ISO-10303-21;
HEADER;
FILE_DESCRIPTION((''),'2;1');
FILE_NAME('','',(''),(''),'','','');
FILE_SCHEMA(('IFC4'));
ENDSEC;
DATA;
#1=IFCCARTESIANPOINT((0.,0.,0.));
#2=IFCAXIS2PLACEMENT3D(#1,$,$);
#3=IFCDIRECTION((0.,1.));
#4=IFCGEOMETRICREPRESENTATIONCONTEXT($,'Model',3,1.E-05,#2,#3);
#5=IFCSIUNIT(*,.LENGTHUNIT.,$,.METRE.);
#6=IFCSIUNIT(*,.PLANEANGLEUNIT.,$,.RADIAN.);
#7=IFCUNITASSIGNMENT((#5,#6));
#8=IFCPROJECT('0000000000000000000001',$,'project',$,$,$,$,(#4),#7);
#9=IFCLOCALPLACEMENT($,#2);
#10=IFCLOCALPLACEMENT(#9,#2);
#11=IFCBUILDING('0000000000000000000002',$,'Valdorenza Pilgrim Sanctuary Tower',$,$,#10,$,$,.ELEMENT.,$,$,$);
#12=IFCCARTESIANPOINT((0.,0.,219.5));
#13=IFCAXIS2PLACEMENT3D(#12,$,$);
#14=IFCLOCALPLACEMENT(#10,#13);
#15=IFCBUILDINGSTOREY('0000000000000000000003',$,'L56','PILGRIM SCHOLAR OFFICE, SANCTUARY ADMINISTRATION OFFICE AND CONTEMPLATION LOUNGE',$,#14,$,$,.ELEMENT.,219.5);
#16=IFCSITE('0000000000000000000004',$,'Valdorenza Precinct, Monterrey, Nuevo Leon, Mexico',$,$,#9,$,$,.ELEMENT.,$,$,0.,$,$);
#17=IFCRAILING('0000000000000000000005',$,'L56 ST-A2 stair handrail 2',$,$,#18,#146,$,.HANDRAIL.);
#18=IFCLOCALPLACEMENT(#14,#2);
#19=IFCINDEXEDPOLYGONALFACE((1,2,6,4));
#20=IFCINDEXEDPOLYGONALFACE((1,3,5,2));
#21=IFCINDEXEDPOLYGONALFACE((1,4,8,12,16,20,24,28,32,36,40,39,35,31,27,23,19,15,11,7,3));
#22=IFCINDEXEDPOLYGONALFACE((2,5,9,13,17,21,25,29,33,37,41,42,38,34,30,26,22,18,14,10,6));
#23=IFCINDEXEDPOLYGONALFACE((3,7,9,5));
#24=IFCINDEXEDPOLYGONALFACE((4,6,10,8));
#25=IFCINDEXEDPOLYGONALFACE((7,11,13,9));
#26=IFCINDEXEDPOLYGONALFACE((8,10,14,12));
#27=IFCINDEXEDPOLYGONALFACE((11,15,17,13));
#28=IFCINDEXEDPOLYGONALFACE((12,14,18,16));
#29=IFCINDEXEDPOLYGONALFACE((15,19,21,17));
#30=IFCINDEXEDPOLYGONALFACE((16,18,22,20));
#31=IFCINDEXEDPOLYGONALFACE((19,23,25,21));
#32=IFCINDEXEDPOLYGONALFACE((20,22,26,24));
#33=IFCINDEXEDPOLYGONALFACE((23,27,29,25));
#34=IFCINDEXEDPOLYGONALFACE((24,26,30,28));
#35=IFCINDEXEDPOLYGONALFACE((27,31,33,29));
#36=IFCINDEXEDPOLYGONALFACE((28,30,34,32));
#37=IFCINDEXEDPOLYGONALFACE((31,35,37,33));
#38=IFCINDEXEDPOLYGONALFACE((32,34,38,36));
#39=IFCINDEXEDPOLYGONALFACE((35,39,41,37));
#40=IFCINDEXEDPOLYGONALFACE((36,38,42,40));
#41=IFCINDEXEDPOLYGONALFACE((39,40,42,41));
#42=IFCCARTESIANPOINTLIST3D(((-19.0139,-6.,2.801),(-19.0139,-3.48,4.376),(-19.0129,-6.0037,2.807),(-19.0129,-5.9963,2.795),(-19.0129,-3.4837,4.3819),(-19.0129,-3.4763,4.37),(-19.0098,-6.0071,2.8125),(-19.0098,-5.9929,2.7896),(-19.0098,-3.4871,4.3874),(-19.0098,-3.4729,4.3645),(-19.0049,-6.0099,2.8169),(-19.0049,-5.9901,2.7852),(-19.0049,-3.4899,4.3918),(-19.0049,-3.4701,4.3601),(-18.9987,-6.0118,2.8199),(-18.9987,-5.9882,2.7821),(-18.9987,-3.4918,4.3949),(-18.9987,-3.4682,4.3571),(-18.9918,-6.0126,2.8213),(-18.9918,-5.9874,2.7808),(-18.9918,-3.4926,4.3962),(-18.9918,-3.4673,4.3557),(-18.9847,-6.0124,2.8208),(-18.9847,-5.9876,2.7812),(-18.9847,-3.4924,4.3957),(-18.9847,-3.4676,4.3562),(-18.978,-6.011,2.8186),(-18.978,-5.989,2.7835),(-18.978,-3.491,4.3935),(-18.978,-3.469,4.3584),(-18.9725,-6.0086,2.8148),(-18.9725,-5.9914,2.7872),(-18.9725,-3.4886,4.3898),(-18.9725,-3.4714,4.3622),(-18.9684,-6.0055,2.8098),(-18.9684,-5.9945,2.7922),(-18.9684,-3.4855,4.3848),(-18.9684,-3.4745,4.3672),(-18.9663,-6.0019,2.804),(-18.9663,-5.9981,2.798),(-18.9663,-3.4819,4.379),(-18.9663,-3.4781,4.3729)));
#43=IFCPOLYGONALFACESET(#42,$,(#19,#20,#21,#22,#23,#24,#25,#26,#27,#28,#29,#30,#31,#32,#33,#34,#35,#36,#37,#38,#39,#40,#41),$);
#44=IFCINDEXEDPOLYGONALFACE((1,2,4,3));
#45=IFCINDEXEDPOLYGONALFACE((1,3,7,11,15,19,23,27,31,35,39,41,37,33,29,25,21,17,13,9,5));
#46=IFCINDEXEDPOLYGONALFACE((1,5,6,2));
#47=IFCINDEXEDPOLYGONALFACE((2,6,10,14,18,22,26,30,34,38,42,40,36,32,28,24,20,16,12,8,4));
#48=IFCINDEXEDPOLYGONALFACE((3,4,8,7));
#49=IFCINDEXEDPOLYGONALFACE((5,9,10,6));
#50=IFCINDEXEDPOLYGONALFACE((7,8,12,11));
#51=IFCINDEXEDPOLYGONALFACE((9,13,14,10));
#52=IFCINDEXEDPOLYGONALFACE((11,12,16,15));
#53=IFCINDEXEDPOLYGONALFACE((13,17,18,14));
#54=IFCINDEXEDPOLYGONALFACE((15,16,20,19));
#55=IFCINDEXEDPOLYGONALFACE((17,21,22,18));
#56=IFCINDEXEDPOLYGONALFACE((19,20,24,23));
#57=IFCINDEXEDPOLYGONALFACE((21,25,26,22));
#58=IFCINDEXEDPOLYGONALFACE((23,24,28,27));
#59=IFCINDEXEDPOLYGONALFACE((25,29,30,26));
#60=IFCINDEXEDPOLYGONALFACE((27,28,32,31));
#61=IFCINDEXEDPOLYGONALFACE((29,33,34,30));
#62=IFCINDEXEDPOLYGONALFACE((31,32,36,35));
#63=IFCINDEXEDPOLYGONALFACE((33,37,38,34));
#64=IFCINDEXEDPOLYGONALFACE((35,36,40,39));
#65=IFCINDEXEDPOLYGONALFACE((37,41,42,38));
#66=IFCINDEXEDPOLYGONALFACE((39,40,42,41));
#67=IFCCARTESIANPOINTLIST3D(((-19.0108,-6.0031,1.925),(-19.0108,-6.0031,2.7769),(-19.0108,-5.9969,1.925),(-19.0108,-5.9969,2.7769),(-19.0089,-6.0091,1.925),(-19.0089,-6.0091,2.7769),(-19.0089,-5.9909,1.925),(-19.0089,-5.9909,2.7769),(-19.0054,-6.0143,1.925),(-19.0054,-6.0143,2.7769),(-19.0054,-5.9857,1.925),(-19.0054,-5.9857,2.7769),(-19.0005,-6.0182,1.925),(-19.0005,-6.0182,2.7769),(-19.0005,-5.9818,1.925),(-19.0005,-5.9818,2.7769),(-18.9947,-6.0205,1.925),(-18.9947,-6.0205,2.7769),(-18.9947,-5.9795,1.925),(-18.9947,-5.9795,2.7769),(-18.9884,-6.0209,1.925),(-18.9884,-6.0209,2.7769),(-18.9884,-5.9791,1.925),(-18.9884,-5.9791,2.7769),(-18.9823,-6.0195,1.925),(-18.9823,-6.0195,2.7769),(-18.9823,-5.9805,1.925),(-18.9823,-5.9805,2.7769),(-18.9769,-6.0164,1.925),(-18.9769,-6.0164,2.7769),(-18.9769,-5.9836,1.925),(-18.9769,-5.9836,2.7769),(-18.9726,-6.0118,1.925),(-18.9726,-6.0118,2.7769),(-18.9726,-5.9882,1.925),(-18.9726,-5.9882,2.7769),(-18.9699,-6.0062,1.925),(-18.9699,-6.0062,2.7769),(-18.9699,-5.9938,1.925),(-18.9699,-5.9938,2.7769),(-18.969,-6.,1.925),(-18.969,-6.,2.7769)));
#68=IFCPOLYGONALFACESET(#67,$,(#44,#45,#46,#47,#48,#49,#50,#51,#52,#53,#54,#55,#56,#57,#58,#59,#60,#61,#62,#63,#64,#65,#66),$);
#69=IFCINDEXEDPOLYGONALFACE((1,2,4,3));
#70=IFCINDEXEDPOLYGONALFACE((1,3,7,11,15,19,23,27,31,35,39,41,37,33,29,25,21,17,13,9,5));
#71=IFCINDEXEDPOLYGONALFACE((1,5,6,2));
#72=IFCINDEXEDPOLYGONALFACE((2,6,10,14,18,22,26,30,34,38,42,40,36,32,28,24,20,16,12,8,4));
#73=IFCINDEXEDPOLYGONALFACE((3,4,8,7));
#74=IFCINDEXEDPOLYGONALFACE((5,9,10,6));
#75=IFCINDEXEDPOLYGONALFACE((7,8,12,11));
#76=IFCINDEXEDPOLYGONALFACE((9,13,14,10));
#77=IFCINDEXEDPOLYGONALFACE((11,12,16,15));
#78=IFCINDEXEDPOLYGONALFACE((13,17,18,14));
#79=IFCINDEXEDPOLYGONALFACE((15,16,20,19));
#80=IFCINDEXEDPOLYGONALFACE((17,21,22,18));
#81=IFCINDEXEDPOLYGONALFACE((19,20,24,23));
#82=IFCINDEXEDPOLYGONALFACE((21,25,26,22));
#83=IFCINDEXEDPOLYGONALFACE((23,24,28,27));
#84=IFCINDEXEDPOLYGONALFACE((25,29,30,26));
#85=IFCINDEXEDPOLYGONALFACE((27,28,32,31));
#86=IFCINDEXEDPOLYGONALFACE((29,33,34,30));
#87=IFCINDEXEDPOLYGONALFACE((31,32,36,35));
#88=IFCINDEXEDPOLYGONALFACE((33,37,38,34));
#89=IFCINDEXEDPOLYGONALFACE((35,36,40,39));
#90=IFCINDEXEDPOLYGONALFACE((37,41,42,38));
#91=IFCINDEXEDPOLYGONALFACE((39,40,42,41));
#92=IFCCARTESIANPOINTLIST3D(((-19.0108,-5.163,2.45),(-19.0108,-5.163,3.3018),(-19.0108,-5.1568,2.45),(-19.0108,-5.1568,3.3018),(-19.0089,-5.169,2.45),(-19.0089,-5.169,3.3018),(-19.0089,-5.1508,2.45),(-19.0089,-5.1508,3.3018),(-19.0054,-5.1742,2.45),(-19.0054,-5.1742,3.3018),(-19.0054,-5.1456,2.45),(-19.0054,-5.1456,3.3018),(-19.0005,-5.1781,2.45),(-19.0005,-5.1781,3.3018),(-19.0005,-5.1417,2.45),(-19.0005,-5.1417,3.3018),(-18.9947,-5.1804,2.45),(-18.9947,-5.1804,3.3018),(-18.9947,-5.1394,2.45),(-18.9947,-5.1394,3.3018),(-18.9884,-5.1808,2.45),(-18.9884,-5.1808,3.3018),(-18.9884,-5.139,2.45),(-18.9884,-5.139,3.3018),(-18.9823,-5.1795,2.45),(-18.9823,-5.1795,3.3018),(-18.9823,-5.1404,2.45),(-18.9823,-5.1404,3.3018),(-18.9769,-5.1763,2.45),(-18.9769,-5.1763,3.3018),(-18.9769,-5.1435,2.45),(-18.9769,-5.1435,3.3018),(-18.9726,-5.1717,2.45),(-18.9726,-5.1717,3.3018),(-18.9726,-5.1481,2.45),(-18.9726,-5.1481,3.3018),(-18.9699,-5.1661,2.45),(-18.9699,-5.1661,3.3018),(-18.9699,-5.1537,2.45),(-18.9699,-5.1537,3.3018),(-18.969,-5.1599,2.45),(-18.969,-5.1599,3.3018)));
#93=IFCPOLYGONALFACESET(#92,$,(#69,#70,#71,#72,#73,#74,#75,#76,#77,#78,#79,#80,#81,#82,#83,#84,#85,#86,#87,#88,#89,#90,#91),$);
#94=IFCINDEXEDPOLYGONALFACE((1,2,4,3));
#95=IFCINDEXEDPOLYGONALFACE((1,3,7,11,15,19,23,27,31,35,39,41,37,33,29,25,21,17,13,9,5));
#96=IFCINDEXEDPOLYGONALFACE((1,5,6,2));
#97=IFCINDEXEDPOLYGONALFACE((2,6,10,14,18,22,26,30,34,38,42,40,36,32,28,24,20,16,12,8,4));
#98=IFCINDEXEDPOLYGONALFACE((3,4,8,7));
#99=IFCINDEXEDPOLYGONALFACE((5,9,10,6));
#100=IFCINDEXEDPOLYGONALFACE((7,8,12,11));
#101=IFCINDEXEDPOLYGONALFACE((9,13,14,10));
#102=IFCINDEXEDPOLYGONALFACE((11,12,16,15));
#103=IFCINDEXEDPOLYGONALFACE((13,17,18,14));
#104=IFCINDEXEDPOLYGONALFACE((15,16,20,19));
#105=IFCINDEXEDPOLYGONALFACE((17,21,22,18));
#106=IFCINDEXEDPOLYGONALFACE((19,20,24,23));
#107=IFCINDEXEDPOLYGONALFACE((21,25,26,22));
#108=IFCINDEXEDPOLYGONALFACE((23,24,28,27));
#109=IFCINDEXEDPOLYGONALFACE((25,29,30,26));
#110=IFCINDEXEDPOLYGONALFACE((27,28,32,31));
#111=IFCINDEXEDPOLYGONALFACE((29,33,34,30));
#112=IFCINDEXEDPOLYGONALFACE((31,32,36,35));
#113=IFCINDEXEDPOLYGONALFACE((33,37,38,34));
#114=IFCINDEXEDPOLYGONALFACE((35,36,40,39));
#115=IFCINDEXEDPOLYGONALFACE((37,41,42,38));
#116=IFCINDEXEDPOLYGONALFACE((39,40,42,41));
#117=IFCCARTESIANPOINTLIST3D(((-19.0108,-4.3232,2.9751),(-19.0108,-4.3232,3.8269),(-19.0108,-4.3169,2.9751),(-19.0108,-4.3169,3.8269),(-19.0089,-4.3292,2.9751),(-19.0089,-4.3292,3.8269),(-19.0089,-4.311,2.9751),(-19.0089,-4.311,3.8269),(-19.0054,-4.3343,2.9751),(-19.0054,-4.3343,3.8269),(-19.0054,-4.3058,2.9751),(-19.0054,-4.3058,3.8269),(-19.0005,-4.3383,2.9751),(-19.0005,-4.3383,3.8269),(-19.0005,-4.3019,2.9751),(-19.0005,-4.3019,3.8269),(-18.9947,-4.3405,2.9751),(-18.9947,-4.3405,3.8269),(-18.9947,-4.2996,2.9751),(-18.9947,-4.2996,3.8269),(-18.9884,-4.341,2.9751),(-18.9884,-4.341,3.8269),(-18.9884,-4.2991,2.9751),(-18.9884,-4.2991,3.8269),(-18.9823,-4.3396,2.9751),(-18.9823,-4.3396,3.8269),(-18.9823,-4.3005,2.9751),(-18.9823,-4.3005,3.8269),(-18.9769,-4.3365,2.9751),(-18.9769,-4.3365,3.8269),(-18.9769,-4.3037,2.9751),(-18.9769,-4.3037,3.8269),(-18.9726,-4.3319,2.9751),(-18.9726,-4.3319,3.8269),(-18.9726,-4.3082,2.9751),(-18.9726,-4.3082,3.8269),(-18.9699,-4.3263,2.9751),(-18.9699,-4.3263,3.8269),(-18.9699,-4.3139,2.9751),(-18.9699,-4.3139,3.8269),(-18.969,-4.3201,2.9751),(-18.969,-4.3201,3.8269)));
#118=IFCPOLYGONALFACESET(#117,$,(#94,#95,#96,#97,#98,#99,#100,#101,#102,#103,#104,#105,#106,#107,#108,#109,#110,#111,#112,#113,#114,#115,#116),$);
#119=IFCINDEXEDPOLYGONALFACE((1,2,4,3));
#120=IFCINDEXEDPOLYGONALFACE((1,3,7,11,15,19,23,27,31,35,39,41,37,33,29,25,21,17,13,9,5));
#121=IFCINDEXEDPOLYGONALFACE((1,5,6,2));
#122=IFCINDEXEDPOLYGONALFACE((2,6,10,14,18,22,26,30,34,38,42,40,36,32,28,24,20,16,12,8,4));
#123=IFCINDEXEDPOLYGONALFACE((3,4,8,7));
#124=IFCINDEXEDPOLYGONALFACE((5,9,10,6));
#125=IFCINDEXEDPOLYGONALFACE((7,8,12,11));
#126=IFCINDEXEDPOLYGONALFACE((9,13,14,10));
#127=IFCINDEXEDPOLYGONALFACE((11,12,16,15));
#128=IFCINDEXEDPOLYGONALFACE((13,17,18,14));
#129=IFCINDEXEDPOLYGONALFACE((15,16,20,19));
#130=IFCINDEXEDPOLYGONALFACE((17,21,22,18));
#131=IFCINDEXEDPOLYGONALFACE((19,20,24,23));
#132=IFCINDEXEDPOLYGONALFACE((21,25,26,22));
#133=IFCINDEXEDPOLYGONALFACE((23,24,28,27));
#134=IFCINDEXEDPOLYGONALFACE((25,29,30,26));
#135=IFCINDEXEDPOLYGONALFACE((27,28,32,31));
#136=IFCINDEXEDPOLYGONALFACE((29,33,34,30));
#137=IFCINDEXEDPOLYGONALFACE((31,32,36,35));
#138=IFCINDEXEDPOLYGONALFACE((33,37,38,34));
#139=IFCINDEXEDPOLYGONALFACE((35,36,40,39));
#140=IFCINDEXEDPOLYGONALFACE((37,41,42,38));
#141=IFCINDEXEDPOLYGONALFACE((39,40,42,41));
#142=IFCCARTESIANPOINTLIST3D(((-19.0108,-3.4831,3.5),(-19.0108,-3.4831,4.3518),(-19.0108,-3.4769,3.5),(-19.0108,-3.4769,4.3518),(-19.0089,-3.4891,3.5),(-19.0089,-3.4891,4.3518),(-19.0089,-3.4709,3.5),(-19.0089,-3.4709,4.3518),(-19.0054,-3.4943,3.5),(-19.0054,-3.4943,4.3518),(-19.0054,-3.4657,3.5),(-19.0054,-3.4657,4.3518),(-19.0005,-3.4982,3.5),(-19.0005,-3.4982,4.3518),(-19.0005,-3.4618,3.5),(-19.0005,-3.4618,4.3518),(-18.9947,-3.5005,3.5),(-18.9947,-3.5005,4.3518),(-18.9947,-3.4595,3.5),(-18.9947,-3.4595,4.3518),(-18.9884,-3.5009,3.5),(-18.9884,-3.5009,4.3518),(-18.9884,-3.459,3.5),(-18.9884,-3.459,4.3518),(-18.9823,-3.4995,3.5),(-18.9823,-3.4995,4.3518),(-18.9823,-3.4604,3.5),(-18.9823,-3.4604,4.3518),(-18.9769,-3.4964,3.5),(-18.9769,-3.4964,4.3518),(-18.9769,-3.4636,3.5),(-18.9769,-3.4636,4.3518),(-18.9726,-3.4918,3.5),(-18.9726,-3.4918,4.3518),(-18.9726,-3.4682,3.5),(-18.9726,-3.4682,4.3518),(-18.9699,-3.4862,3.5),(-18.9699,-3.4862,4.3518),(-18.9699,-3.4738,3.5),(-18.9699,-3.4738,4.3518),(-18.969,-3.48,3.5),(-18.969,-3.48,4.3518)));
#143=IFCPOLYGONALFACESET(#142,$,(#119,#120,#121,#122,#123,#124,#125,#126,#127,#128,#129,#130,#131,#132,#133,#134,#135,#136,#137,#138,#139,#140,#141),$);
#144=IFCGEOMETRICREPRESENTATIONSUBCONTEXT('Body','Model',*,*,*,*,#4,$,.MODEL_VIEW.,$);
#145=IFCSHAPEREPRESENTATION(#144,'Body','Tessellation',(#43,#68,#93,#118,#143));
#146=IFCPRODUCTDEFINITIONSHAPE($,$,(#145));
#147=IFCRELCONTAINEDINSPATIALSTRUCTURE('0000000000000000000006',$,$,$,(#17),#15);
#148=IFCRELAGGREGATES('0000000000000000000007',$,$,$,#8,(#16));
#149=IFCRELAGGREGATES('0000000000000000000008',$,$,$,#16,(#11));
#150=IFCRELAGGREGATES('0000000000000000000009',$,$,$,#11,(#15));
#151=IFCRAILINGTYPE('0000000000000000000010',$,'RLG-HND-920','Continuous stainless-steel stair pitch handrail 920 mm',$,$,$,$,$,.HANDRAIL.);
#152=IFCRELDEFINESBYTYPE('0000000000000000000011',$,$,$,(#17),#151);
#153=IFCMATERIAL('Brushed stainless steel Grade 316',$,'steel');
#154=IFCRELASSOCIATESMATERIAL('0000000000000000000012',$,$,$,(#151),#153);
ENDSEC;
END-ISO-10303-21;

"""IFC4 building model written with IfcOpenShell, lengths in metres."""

from ifc_helpers import new_model, si_unit, direction, frame, origin, origin_2d, place, context, subcontext, project, spatial, circle, extrude, material, type_object, element, save


model = new_model("IFC4")

# Units and contexts
model_context = context("Model", 3, precision=1e-05, world=origin(), true_north=direction((0.0, 1.0)))
body_context = subcontext(model_context, "Body", "Model", "MODEL_VIEW")
ifc_project = project(units=[si_unit("LENGTHUNIT", "METRE"), si_unit("PLANEANGLEUNIT", "RADIAN")], contexts=[model_context])

# Site, building, storey
site_placement = place(None, origin())
site = spatial("IfcSite", under=ifc_project, at=site_placement, Name="Valdorenza Precinct, Monterrey, Nuevo Leon, Mexico", CompositionType="ELEMENT", RefElevation=0.0)
building_placement = place(site_placement, origin())
building = spatial("IfcBuilding", under=site, at=building_placement, Name="Valdorenza Pilgrim Sanctuary Tower", CompositionType="ELEMENT")
storey_placement = place(building_placement, frame((0.0, 0.0, 219.5)))
storey = spatial("IfcBuildingStorey", under=building, at=storey_placement, Name="L56", Description="PILGRIM SCHOLAR OFFICE, SANCTUARY ADMINISTRATION OFFICE AND CONTEMPLATION LOUNGE", CompositionType="ELEMENT", Elevation=219.5)

# Shared definitions
ifc_material_1 = material(Name="Brushed stainless steel Grade 316", Category="steel")

# Railing
railing_type_1 = type_object("IfcRailingType", Name="RLG-HND-920", Description="Continuous stainless-steel stair pitch handrail 920 mm", PredefinedType="HANDRAIL", material=ifc_material_1)
railing_1_placement = place(storey_placement, frame((-18.99, -6.0, 1.925)))
element("IfcRailing", 1, at=railing_1_placement, inside=storey, type_object=railing_type_1, Name="L56 ST-A2 stair handrail 2", PredefinedType="HANDRAIL", context=body_context, shape_type="SweptSolid", body=[
    extrude(circle(Radius=0.0239, at=origin_2d()), frame((0.0, 0.0, 0.876), z_axis=(0.0, 0.848008, 0.529984), x_axis=(-1.0, 0.0, 0.0)), (0.0, 0.0, 1.0), 2.9717),
    extrude(circle(Radius=0.021, at=origin_2d()), origin(), (0.0, 0.0, 1.0), 0.8518),
    extrude(circle(Radius=0.021, at=origin_2d()), frame((0.0, 0.8401, 0.5249)), (0.0, 0.0, 1.0), 0.8518),
    extrude(circle(Radius=0.021, at=origin_2d()), frame((0.0, 1.6799, 1.05)), (0.0, 0.0, 1.0), 0.8518),
    extrude(circle(Radius=0.021, at=origin_2d()), frame((0.0, 2.52, 1.575)), (0.0, 0.0, 1.0), 0.8518),
])

save(model, "model.ifc")
